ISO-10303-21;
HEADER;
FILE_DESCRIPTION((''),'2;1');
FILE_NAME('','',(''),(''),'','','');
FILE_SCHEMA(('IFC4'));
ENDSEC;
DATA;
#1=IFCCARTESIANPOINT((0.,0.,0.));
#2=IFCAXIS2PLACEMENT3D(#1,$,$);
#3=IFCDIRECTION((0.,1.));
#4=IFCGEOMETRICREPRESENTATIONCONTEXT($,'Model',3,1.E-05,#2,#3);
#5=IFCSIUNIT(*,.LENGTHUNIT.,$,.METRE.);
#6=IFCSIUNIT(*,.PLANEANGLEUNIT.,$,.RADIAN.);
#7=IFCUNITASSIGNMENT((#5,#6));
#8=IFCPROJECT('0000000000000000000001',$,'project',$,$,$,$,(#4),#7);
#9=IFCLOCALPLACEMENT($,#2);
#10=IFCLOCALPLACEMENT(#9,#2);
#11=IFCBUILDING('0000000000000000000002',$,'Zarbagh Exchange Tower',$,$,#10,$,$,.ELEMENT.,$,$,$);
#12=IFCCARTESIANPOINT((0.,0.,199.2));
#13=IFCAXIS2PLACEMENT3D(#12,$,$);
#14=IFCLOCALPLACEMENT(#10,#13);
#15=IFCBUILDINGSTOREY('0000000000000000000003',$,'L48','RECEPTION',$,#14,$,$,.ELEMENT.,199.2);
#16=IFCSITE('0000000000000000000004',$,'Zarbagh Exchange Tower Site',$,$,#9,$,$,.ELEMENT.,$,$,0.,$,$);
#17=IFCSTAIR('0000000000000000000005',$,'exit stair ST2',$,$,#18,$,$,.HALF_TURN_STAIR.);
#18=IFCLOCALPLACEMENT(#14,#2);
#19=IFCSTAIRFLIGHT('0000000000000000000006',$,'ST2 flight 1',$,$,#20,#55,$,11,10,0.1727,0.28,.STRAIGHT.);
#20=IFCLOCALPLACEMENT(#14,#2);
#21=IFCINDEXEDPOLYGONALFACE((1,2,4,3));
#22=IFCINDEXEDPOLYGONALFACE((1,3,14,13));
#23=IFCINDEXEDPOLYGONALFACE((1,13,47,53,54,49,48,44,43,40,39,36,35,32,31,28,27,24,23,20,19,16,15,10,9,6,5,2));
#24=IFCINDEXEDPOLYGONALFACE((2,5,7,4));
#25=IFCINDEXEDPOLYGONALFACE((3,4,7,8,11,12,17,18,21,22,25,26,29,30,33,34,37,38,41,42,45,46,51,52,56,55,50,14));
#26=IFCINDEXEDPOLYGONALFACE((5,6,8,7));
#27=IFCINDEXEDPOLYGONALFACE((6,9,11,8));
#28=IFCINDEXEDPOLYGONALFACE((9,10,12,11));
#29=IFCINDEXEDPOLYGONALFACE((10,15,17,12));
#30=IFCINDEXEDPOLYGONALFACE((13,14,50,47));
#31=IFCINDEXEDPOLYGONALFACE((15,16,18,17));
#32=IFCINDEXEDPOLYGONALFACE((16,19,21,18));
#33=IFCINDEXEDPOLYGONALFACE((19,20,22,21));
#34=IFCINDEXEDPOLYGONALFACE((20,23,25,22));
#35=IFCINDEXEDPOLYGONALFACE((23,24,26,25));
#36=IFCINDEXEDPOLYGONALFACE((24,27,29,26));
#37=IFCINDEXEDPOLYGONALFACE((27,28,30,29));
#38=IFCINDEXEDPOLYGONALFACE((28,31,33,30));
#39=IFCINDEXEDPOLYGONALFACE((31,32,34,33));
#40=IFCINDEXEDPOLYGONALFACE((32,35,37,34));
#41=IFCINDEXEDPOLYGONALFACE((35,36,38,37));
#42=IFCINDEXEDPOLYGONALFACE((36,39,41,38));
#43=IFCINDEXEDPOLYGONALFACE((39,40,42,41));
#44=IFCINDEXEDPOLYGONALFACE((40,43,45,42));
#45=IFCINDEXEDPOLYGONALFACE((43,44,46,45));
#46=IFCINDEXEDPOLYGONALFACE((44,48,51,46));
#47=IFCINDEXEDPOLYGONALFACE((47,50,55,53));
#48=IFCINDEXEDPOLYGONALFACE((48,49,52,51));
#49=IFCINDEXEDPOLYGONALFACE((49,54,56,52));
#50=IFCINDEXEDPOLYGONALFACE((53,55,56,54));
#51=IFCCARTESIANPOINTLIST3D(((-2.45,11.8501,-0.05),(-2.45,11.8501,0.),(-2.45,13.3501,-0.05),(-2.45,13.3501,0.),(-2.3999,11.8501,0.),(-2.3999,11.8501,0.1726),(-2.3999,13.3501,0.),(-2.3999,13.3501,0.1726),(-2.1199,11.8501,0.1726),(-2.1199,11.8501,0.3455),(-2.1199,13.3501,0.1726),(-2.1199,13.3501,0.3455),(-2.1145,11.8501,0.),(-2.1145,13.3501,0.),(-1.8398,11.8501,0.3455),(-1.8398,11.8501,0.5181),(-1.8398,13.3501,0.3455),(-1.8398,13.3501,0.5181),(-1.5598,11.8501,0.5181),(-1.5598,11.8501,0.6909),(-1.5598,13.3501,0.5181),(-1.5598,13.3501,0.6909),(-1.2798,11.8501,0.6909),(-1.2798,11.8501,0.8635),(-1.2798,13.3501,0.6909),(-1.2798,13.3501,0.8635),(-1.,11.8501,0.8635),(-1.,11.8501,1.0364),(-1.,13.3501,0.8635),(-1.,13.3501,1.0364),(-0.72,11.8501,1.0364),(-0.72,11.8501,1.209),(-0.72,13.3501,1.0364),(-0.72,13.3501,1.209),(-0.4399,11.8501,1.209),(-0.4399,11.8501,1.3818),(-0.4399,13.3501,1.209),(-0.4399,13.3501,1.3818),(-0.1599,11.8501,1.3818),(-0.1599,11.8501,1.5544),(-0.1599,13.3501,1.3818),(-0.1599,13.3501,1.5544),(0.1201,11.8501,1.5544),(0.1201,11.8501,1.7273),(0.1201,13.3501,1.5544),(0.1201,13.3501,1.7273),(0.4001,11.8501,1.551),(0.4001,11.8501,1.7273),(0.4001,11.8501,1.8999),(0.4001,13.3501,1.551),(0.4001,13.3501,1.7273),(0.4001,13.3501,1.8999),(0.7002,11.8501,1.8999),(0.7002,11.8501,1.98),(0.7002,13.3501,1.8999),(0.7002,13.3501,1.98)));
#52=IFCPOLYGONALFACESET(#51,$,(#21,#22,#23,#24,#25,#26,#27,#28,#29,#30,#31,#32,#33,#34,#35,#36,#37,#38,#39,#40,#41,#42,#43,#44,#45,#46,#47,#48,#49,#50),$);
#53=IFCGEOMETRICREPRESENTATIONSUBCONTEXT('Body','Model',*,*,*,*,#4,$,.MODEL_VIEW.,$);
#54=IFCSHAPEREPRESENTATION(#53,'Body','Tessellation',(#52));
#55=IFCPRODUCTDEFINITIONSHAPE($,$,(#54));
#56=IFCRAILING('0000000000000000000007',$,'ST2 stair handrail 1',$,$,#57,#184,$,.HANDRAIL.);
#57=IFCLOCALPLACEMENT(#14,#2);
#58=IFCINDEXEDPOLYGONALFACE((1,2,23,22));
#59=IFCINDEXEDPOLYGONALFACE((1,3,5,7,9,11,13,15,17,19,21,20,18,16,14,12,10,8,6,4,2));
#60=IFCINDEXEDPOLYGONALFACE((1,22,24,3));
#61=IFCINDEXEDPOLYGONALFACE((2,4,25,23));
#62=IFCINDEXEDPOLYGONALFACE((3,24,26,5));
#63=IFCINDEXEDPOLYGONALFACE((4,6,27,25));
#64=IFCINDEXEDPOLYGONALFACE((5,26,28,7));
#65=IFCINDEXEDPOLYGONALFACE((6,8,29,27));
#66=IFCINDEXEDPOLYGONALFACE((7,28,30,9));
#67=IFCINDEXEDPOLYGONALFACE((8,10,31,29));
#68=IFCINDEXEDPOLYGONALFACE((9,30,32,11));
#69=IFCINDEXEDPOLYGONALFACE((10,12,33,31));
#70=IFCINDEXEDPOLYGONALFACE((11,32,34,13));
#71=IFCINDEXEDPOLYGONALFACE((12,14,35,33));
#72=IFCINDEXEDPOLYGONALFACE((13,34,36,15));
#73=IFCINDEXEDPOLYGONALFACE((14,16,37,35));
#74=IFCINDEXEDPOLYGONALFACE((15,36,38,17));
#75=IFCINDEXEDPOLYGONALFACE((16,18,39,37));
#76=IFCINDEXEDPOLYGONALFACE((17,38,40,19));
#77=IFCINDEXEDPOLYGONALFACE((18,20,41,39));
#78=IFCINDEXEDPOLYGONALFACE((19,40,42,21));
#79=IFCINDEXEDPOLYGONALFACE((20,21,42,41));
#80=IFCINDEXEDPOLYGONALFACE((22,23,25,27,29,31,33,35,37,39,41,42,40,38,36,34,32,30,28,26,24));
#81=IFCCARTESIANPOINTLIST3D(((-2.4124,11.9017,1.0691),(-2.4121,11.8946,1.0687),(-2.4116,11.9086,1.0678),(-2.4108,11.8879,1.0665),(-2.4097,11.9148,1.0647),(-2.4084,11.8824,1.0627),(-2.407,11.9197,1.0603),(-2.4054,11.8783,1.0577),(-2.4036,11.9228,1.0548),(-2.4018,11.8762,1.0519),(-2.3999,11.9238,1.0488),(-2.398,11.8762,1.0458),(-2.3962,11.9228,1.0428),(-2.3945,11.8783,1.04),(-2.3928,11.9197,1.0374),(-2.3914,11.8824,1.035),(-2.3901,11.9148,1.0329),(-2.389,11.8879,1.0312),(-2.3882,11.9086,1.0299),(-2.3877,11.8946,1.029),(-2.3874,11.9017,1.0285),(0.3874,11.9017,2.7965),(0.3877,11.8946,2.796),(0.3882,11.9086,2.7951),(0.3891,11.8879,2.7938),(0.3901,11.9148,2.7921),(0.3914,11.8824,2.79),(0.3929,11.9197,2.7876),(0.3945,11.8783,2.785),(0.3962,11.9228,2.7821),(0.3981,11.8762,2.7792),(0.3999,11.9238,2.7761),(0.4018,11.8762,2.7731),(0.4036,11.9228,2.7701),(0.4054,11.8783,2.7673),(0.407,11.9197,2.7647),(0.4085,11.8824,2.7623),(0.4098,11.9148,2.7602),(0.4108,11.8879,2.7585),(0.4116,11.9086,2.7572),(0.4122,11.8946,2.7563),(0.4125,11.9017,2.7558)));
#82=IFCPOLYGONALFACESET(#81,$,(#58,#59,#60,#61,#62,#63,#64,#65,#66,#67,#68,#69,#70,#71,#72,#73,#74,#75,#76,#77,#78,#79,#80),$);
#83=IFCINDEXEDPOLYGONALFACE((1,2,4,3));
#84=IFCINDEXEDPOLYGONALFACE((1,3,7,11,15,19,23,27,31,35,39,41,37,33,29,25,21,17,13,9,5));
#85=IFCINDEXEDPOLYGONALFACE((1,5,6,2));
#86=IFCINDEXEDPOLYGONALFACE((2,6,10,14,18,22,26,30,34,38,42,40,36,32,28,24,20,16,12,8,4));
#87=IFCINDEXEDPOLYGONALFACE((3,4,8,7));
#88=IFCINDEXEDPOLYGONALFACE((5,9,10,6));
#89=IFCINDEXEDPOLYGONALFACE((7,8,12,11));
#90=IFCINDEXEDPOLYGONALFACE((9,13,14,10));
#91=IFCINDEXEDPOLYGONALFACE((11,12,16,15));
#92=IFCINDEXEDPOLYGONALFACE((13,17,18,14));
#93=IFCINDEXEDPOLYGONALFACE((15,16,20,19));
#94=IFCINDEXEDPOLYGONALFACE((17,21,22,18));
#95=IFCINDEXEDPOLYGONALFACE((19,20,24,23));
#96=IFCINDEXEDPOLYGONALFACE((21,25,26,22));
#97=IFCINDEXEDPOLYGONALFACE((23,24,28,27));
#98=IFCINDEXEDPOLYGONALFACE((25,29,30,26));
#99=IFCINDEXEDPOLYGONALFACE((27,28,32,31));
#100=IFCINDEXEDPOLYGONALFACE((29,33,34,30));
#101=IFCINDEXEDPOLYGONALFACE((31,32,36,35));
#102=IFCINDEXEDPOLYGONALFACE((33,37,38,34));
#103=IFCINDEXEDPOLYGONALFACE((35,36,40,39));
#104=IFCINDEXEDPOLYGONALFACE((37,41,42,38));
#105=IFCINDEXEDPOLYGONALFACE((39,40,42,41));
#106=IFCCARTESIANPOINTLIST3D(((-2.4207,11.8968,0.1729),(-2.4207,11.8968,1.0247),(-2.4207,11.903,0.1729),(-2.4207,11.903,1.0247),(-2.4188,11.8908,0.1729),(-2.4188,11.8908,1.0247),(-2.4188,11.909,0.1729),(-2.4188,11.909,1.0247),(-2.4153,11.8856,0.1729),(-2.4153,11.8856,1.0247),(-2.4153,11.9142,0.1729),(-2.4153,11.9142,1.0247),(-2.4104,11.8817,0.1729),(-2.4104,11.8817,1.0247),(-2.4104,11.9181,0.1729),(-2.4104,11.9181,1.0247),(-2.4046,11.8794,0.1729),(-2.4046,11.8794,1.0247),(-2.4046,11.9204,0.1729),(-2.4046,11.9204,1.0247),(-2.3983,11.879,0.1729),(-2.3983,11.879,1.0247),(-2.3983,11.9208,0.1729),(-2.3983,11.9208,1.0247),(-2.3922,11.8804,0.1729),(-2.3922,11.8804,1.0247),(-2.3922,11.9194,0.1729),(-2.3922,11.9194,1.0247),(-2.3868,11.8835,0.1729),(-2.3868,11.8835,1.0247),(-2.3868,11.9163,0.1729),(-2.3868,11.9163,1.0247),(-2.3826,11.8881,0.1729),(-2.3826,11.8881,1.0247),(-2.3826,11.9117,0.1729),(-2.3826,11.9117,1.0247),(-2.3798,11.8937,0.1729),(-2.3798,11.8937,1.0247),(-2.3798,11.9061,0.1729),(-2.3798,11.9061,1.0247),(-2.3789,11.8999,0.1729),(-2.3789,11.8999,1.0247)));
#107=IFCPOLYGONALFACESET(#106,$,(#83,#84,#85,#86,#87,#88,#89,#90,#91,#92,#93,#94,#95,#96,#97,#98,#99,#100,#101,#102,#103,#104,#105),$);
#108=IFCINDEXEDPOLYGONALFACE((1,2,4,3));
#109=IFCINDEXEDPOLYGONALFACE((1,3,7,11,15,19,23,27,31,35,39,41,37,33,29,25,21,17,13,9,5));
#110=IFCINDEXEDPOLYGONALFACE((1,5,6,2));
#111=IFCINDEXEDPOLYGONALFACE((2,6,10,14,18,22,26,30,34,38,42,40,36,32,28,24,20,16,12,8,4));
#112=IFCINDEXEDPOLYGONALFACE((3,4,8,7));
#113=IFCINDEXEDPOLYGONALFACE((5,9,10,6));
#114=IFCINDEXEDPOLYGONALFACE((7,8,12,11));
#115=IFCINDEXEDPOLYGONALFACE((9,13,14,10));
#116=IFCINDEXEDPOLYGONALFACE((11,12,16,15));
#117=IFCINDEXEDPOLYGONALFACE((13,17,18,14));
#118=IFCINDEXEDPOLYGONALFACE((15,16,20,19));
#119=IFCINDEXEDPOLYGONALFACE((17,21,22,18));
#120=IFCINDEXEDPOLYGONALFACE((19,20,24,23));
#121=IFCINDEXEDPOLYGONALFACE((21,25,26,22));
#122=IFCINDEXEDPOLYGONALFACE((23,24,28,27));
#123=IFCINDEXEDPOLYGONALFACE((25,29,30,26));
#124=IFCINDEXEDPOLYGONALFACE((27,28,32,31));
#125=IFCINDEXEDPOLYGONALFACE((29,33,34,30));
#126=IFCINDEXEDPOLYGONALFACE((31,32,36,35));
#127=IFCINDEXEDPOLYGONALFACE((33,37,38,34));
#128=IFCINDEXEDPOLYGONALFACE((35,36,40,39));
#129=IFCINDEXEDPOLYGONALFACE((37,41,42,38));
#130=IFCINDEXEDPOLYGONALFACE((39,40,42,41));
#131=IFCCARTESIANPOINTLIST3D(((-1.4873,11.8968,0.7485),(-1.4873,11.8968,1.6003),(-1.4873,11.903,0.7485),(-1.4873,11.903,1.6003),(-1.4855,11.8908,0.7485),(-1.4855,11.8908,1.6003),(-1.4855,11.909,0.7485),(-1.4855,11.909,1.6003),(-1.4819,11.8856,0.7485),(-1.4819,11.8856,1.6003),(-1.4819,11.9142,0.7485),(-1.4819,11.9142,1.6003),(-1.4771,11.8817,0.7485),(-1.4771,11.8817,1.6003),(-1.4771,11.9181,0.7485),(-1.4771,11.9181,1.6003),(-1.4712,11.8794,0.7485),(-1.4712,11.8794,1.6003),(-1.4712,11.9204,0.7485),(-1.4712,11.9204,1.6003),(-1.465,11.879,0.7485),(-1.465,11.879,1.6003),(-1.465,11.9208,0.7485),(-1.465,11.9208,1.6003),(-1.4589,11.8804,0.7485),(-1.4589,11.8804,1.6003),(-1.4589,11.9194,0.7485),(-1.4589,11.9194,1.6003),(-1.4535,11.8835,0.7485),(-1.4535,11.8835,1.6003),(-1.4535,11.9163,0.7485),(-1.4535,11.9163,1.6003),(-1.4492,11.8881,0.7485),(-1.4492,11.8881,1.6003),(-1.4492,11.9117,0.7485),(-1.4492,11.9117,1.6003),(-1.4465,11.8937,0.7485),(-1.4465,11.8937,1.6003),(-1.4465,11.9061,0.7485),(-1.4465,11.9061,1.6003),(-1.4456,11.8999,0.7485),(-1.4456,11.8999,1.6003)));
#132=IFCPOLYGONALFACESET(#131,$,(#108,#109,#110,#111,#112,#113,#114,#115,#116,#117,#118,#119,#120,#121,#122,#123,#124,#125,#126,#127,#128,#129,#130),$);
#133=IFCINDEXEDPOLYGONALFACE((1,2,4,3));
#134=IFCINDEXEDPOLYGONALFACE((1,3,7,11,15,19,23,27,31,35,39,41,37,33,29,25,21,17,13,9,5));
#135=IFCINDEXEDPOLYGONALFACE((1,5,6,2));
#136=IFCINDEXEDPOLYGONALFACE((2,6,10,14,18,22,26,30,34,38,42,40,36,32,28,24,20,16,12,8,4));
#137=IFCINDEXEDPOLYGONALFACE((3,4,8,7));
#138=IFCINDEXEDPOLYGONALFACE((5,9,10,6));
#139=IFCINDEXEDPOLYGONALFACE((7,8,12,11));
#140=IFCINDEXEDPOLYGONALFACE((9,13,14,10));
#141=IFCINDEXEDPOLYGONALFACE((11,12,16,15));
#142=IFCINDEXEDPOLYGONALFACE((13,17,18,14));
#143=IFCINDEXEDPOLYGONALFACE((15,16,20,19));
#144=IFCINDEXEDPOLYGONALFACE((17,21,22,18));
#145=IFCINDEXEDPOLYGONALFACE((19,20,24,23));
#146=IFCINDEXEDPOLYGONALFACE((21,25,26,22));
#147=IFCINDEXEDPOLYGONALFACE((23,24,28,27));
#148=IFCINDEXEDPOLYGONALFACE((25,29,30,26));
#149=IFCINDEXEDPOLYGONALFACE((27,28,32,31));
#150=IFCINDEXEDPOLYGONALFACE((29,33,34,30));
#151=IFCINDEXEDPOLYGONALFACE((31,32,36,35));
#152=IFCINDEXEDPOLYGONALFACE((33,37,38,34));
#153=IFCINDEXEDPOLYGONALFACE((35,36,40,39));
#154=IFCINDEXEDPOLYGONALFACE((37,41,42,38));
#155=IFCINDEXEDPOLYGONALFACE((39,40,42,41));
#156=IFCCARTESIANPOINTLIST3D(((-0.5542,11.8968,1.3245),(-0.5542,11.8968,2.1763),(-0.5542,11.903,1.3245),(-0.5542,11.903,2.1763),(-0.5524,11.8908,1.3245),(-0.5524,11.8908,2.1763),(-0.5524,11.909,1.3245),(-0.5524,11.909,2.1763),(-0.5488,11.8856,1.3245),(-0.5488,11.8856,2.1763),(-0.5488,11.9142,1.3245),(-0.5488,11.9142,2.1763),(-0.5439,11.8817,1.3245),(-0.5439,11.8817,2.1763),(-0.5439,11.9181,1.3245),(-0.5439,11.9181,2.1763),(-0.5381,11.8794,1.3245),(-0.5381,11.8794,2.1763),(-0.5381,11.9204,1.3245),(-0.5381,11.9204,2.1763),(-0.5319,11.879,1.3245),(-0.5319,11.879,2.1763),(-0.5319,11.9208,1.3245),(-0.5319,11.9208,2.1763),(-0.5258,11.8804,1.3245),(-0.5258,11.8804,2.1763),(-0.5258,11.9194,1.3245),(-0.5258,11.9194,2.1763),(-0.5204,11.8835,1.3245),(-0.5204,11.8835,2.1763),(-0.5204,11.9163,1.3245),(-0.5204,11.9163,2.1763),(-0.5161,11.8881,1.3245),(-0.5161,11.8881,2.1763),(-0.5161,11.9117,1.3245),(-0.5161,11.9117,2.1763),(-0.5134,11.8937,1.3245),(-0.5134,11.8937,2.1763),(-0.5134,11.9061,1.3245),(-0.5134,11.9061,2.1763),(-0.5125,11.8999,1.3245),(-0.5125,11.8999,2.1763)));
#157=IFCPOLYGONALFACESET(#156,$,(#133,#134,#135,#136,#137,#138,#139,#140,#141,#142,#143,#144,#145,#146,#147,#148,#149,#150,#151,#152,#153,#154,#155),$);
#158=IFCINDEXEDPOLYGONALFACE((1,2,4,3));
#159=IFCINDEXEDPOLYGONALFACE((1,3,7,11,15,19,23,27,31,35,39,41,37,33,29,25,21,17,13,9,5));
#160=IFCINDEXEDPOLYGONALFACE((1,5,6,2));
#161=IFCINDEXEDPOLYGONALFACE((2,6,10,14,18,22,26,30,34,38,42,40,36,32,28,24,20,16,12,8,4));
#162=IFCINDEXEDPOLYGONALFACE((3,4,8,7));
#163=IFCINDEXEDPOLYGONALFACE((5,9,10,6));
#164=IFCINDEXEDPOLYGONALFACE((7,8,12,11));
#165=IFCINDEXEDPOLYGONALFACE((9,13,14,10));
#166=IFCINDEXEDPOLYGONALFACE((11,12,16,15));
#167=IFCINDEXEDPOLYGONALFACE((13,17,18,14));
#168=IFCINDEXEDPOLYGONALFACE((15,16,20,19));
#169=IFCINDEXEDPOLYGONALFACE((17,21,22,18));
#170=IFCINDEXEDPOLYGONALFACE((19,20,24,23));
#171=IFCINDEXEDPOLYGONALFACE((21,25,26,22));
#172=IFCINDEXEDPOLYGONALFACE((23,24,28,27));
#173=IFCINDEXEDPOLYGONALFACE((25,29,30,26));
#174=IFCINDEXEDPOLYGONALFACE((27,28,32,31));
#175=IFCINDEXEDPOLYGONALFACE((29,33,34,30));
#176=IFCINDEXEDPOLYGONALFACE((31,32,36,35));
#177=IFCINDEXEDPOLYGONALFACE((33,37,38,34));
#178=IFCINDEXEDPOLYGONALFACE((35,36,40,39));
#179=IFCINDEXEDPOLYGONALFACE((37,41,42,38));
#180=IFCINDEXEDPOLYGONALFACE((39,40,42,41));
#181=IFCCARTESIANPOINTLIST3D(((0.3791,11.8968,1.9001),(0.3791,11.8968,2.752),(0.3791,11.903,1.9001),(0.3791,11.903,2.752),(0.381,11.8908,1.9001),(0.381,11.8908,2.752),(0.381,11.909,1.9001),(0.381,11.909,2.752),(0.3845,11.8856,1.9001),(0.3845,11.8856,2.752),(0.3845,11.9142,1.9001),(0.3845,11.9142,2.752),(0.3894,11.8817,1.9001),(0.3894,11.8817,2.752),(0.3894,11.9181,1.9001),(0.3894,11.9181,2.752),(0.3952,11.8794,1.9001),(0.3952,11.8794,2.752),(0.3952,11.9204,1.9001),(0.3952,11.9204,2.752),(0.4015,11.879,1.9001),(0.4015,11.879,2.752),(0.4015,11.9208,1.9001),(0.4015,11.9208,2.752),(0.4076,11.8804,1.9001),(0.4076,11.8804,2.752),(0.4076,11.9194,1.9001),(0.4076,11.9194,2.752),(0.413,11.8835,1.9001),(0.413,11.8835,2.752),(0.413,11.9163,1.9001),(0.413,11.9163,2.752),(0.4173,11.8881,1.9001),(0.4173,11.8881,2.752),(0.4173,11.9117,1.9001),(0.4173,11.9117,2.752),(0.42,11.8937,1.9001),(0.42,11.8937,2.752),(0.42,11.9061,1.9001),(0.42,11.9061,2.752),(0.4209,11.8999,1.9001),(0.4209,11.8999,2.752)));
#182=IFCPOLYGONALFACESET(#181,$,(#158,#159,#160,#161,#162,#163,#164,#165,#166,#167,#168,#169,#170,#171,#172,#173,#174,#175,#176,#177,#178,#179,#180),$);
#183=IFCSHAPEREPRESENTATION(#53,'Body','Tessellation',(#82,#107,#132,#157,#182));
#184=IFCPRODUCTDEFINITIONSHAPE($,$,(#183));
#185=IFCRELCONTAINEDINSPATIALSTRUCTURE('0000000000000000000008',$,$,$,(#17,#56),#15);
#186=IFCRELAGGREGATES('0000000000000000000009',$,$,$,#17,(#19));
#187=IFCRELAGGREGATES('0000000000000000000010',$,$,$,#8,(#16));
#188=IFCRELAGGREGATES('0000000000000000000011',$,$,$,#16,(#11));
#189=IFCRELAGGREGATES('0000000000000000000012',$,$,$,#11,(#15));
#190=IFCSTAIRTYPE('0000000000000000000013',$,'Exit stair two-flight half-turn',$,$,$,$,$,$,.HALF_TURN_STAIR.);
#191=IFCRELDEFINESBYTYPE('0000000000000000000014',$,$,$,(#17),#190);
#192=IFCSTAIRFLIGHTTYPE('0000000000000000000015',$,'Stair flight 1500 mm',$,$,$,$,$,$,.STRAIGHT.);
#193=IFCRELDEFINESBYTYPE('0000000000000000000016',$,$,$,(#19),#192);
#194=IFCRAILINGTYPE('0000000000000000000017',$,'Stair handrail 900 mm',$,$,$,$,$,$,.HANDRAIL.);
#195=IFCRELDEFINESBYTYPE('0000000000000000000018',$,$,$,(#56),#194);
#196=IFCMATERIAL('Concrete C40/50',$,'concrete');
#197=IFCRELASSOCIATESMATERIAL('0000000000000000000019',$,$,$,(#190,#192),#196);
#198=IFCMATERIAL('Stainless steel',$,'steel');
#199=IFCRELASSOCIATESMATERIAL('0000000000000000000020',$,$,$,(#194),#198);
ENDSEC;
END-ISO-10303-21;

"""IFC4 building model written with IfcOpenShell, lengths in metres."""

from ifc_helpers import new_model, si_unit, direction, frame, origin, origin_2d, place, context, subcontext, project, spatial, polyline, circle, outline, extrude, material, type_object, element, aggregate, save


model = new_model("IFC4")

# Units and contexts
model_context = context("Model", 3, precision=1e-05, world=origin(), true_north=direction((0.0, 1.0)))
body_context = subcontext(model_context, "Body", "Model", "MODEL_VIEW")
ifc_project = project(units=[si_unit("LENGTHUNIT", "METRE"), si_unit("PLANEANGLEUNIT", "RADIAN")], contexts=[model_context])

# Site, building, storey
site_placement = place(None, origin())
site = spatial("IfcSite", under=ifc_project, at=site_placement, Name="Zarbagh Exchange Tower Site", CompositionType="ELEMENT", RefElevation=0.0)
building_placement = place(site_placement, origin())
building = spatial("IfcBuilding", under=site, at=building_placement, Name="Zarbagh Exchange Tower", CompositionType="ELEMENT")
storey_placement = place(building_placement, frame((0.0, 0.0, 199.2)))
storey = spatial("IfcBuildingStorey", under=building, at=storey_placement, Name="L48", Description="RECEPTION", CompositionType="ELEMENT", Elevation=199.2)

# Shared definitions
ifc_material_1 = material(Name="Concrete C40/50", Category="concrete")

# Stair, stair flight
stair_type = type_object("IfcStairType", Name="Exit stair two-flight half-turn", PredefinedType="HALF_TURN_STAIR", material=ifc_material_1)
stair_placement = place(storey_placement, origin())
stair = element("IfcStair", 1, at=stair_placement, inside=storey, type_object=stair_type, Name="exit stair ST2", PredefinedType="HALF_TURN_STAIR")
stair_flight_type = type_object("IfcStairFlightType", Name="Stair flight 1500 mm", PredefinedType="STRAIGHT", material=ifc_material_1)
stair_flight_placement = place(storey_placement, frame((-2.3999, 12.6001, 0.0), z_axis=(0.0, 0.0, 1.0), x_axis=(1.0, 0.0, 0.0)))
stair_flight = element("IfcStairFlight", 2, at=stair_flight_placement, type_object=stair_flight_type, Name="ST2 flight 1", NumberOfRisers=11, NumberOfTreads=10, PredefinedType="STRAIGHT", RiserHeight=0.1727, TreadLength=0.28, context=body_context, shape_type="SweptSolid", body=[
    extrude(outline(polyline([(-0.05, -0.05), (-0.05, 0.0), (0.0, 0.0), (0.0, 0.1726), (0.28, 0.1726), (0.28, 0.3455), (0.5601, 0.3455), (0.5601, 0.5181), (0.8401, 0.5181), (0.8401, 0.6909), (1.1201, 0.6909), (1.1201, 0.8635), (1.3999, 0.8635), (1.3999, 1.0364), (1.6799, 1.0364), (1.6799, 1.209), (1.96, 1.209), (1.96, 1.3818), (2.24, 1.3818), (2.24, 1.5544), (2.52, 1.5544), (2.52, 1.7273), (2.8, 1.7273), (2.8, 1.8999), (3.1001, 1.98), (3.1001, 1.8999), (2.8, 1.551), (0.2854, 0.0), (-0.05, -0.05)])), frame((0.0, 0.75, 0.0), z_axis=(0.0, -1.0, 0.0), x_axis=(1.0, 0.0, 0.0)), (0.0, 0.0, 1.0), 1.5),
])
aggregate(stair, [stair_flight])

# Railing
ifc_material_2 = material(Name="Stainless steel", Category="steel")
railing_type_1 = type_object("IfcRailingType", Name="Stair handrail 900 mm", PredefinedType="HANDRAIL", material=ifc_material_2)
railing_1_placement = place(storey_placement, frame((-2.3999, 11.8999, 0.1729)))
element("IfcRailing", 3, at=railing_1_placement, inside=storey, type_object=railing_type_1, Name="ST2 stair handrail 1", PredefinedType="HANDRAIL", context=body_context, shape_type="SweptSolid", body=[
    extrude(circle(Radius=0.0239, at=origin_2d()), frame((0.0, 0.0, 0.876), z_axis=(0.851069, 0.0, 0.525054), x_axis=(0.0, 1.0, 0.0)), (0.0, 0.0, 1.0), 3.2898),
    extrude(circle(Radius=0.021, at=origin_2d()), origin(), (0.0, 0.0, 1.0), 0.8518),
    extrude(circle(Radius=0.021, at=origin_2d()), frame((0.9333, 0.0, 0.5757)), (0.0, 0.0, 1.0), 0.8518),
    extrude(circle(Radius=0.021, at=origin_2d()), frame((1.8665, 0.0, 1.1516)), (0.0, 0.0, 1.0), 0.8518),
    extrude(circle(Radius=0.021, at=origin_2d()), frame((2.7998, 0.0, 1.7273)), (0.0, 0.0, 1.0), 0.8518),
])

save(model, "model.ifc")
